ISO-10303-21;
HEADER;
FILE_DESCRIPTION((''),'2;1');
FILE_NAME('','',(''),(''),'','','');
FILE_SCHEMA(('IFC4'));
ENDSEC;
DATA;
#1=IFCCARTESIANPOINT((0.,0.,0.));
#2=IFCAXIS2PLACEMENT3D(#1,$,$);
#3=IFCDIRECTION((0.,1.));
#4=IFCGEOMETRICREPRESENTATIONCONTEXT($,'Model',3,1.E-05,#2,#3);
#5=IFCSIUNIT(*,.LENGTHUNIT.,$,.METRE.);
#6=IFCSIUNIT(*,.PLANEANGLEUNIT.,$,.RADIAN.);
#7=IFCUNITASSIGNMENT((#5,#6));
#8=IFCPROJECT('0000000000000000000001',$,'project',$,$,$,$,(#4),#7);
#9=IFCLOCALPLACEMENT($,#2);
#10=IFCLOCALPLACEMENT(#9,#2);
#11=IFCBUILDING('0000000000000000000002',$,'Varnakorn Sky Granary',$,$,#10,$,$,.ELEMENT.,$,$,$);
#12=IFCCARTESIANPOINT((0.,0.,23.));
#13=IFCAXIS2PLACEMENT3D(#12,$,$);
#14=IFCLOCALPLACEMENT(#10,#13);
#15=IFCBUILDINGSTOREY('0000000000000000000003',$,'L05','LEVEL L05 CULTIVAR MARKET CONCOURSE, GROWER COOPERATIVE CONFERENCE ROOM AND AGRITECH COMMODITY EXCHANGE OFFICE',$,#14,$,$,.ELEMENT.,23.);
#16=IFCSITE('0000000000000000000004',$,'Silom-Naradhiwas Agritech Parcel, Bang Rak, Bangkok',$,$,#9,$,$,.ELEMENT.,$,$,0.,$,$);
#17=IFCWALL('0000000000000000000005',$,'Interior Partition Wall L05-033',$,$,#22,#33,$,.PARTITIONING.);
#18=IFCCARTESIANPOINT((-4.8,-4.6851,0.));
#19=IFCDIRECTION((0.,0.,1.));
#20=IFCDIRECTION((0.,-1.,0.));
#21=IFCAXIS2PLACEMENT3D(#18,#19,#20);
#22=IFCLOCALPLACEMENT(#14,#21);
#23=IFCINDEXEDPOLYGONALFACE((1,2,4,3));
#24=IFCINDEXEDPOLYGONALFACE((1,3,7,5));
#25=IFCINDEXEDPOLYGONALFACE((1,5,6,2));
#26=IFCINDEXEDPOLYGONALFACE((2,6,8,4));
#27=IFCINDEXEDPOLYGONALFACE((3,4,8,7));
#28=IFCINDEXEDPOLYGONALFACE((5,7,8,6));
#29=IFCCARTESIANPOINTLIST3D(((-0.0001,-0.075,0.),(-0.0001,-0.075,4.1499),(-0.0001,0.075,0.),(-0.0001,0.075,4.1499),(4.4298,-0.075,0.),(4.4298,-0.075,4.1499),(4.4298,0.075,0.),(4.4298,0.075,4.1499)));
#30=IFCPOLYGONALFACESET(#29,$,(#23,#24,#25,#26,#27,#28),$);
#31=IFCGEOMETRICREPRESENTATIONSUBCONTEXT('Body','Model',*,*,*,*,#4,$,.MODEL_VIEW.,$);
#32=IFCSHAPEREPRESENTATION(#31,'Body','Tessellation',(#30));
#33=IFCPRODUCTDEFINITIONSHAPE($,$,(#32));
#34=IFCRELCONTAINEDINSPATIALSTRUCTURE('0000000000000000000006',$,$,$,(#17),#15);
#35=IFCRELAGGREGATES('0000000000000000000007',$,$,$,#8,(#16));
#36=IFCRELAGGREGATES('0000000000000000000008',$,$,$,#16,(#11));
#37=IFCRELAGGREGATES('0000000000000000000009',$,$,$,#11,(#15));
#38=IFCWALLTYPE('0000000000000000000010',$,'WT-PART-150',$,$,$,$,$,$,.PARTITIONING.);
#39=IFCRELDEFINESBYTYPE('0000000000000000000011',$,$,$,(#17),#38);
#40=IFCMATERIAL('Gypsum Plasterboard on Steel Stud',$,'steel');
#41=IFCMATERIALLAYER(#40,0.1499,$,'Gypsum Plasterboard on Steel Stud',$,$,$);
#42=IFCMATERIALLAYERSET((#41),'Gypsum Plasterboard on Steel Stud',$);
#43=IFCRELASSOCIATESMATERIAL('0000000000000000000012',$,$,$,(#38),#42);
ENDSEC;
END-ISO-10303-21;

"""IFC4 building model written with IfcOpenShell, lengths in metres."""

from ifc_helpers import new_model, si_unit, direction, frame, frame_2d, origin, place, context, subcontext, project, spatial, rectangle, extrude, material, layer, layer_set, type_object, element, save


model = new_model("IFC4")

# Units and contexts
model_context = context("Model", 3, precision=1e-05, world=origin(), true_north=direction((0.0, 1.0)))
body_context = subcontext(model_context, "Body", "Model", "MODEL_VIEW")
ifc_project = project(units=[si_unit("LENGTHUNIT", "METRE"), si_unit("PLANEANGLEUNIT", "RADIAN")], contexts=[model_context])

# Site, building, storey
site_placement = place(None, origin())
site = spatial("IfcSite", under=ifc_project, at=site_placement, Name="Silom-Naradhiwas Agritech Parcel, Bang Rak, Bangkok", CompositionType="ELEMENT", RefElevation=0.0)
building_placement = place(site_placement, origin())
building = spatial("IfcBuilding", under=site, at=building_placement, Name="Varnakorn Sky Granary", CompositionType="ELEMENT")
storey_placement = place(building_placement, frame((0.0, 0.0, 23.0)))
storey = spatial("IfcBuildingStorey", under=building, at=storey_placement, Name="L05", Description="LEVEL L05 CULTIVAR MARKET CONCOURSE, GROWER COOPERATIVE CONFERENCE ROOM AND AGRITECH COMMODITY EXCHANGE OFFICE", CompositionType="ELEMENT", Elevation=23.0)

# Shared definitions
ifc_material_1 = material(Name="Gypsum Plasterboard on Steel Stud", Category="steel")
ifc_layer_1 = layer(ifc_material_1, 0.1499, Name="Gypsum Plasterboard on Steel Stud")
ifc_layer_set_1 = layer_set([ifc_layer_1], Name="Gypsum Plasterboard on Steel Stud")
wall_type_1 = type_object("IfcWallType", Name="WT-PART-150", PredefinedType="PARTITIONING", material=ifc_layer_set_1)

# Wall
wall_1_placement = place(storey_placement, frame((-4.8, -4.6851, 0.0), z_axis=(0.0, 0.0, 1.0), x_axis=(0.0, -1.0, 0.0)))
element("IfcWall", 1, at=wall_1_placement, inside=storey, type_object=wall_type_1, Name="Interior Partition Wall L05-033", PredefinedType="PARTITIONING", context=body_context, shape_type="SweptSolid", body=[
    extrude(rectangle(XDim=4.4299, YDim=0.1499, at=frame_2d((2.2148, 0.0))), origin(), (0.0, 0.0, 1.0), 4.1499),
])

save(model, "model.ifc")
